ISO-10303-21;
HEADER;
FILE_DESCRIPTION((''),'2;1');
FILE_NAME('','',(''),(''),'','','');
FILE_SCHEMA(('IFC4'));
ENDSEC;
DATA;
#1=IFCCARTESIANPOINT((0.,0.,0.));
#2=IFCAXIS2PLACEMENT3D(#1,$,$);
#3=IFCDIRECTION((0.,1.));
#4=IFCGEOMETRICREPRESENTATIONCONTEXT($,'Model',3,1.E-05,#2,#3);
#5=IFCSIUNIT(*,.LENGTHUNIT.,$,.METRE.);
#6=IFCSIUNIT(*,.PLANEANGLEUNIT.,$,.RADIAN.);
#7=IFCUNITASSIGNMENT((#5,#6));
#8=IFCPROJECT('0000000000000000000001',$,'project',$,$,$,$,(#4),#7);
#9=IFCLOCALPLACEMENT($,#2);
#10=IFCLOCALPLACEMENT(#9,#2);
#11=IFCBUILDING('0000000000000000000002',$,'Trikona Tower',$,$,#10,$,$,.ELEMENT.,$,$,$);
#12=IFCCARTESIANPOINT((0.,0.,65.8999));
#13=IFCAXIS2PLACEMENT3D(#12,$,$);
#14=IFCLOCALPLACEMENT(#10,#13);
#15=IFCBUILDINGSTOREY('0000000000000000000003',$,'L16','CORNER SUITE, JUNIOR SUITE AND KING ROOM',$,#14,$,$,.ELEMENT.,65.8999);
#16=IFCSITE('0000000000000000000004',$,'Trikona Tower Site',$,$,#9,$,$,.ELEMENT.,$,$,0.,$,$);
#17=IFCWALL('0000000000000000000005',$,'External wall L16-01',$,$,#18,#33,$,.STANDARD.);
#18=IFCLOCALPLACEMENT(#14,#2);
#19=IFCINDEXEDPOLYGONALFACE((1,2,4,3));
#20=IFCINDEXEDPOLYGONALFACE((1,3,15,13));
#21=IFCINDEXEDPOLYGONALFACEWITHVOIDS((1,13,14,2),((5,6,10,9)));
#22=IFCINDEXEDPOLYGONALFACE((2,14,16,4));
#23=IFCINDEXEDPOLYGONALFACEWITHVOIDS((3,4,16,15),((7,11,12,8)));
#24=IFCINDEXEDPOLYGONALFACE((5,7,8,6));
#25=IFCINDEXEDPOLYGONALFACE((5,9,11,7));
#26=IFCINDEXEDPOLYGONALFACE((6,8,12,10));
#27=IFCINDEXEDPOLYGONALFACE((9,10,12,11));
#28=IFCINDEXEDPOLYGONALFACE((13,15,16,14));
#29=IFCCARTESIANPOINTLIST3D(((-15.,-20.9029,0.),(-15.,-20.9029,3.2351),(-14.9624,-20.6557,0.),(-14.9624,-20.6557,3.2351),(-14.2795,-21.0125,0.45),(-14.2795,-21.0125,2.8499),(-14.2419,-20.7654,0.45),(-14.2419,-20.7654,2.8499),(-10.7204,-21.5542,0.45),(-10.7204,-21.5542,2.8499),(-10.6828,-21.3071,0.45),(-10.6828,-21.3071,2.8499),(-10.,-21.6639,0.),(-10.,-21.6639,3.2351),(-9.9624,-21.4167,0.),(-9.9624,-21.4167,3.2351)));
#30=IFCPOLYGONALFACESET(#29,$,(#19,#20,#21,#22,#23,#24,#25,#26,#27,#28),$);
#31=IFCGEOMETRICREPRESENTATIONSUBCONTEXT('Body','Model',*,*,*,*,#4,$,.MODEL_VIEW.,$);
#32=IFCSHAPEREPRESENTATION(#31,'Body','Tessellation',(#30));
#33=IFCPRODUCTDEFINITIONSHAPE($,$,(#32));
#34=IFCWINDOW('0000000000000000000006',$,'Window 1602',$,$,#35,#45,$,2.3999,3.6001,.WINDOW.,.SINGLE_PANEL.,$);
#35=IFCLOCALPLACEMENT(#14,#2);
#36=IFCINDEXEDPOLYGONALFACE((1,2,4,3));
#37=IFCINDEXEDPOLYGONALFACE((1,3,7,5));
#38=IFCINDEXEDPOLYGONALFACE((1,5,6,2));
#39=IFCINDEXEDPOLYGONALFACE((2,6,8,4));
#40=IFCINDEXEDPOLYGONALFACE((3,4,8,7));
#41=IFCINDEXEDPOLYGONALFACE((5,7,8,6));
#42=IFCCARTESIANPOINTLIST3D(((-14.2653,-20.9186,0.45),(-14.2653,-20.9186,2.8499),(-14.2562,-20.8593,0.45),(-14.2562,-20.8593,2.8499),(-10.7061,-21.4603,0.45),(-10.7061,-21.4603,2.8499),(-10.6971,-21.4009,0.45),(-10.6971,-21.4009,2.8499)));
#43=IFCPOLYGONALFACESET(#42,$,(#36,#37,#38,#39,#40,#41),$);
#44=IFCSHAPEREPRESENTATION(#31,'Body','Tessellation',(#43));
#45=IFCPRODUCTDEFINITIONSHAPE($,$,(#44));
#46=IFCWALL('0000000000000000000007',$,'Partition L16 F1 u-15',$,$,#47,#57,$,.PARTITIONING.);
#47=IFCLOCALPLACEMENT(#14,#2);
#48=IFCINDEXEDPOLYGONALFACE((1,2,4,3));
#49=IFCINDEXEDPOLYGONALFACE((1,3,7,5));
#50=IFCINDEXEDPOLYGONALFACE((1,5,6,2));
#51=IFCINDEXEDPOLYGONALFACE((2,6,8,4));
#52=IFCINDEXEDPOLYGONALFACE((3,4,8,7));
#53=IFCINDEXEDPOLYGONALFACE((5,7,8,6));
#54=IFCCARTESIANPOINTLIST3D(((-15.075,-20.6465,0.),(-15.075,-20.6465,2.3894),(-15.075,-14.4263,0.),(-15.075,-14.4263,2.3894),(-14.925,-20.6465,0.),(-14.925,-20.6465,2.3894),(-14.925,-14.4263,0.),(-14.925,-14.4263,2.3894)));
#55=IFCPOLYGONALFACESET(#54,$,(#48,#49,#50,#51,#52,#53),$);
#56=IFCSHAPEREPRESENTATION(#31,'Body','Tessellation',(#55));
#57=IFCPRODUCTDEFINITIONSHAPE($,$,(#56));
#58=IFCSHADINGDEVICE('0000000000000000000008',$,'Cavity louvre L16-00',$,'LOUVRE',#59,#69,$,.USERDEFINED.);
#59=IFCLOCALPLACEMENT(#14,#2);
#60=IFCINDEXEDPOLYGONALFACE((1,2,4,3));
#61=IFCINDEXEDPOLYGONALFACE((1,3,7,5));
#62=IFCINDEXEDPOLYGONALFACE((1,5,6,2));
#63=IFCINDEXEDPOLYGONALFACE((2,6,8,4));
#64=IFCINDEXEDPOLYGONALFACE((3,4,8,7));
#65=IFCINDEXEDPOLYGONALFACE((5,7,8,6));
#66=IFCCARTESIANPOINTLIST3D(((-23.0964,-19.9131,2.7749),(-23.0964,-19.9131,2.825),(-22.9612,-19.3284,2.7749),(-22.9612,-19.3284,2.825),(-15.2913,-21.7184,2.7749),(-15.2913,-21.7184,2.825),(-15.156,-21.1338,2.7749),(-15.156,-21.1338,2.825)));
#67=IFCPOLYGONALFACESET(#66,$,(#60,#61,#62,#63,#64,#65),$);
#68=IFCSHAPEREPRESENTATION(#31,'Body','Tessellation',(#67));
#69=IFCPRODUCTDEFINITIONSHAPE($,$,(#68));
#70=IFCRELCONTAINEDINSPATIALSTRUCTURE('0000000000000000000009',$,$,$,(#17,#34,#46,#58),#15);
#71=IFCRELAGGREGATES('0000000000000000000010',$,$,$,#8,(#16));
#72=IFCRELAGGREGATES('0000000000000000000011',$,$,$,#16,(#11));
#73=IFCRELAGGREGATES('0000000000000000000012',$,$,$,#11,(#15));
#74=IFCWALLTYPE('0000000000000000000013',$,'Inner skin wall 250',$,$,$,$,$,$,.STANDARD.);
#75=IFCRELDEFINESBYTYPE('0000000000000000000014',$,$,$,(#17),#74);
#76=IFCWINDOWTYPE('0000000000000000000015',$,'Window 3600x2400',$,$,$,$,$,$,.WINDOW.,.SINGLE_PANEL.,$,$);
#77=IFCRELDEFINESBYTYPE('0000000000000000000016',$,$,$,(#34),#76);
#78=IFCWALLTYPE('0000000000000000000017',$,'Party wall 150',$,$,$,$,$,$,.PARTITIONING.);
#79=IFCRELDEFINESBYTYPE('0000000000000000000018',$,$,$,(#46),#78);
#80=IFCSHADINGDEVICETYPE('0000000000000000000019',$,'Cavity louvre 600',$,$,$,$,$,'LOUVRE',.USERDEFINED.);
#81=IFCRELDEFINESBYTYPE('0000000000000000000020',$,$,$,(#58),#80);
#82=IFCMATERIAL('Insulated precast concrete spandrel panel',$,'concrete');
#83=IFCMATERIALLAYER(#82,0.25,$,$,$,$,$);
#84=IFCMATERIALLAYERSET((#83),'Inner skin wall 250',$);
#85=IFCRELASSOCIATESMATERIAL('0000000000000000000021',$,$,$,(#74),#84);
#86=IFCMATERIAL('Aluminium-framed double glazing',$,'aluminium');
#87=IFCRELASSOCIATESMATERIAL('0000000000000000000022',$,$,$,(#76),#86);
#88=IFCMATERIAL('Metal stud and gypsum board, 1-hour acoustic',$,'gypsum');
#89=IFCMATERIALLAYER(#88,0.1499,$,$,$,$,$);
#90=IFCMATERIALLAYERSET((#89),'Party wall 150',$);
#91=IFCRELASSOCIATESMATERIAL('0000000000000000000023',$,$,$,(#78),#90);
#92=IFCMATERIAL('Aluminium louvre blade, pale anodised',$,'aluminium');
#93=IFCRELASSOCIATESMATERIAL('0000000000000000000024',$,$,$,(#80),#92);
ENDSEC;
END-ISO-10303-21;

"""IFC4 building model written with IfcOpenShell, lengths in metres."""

from ifc_helpers import new_model, si_unit, direction, frame, frame_2d, origin, origin_2d, place, context, subcontext, project, spatial, rectangle, extrude, material, layer, layer_set, type_object, element, fill, save


model = new_model("IFC4")

# Units and contexts
model_context = context("Model", 3, precision=1e-05, world=origin(), true_north=direction((0.0, 1.0)))
body_context = subcontext(model_context, "Body", "Model", "MODEL_VIEW")
ifc_project = project(units=[si_unit("LENGTHUNIT", "METRE"), si_unit("PLANEANGLEUNIT", "RADIAN")], contexts=[model_context])

# Site, building, storey
site_placement = place(None, origin())
site = spatial("IfcSite", under=ifc_project, at=site_placement, Name="Trikona Tower Site", CompositionType="ELEMENT", RefElevation=0.0)
building_placement = place(site_placement, origin())
building = spatial("IfcBuilding", under=site, at=building_placement, Name="Trikona Tower", CompositionType="ELEMENT")
storey_placement = place(building_placement, frame((0.0, 0.0, 65.8999)))
storey = spatial("IfcBuildingStorey", under=building, at=storey_placement, Name="L16", Description="CORNER SUITE, JUNIOR SUITE AND KING ROOM", CompositionType="ELEMENT", Elevation=65.8999)

# Wall, opening, window
ifc_material_1 = material(Name="Insulated precast concrete spandrel panel", Category="concrete")
ifc_layer_1 = layer(ifc_material_1, 0.25)
ifc_layer_set_1 = layer_set([ifc_layer_1], Name="Inner skin wall 250")
wall_type_1 = type_object("IfcWallType", Name="Inner skin wall 250", PredefinedType="STANDARD", material=ifc_layer_set_1)
wall_1_placement = place(storey_placement, frame((-14.9812, -20.7793, 0.0), z_axis=(0.0, 0.0, 1.0), x_axis=(0.988615, -0.150465, 0.0)))
wall_1 = element("IfcWall", 1, at=wall_1_placement, inside=storey, type_object=wall_type_1, Name="External wall L16-01", PredefinedType="STANDARD", context=body_context, shape_type="SweptSolid", body=[
    extrude(rectangle(XDim=5.0576, YDim=0.25, at=frame_2d((2.5288, 0.0))), origin(), (0.0, 0.0, 1.0), 3.2351),
])
opening_1_placement = place(wall_1_placement, frame((0.7288, 0.0, 0.45)))
opening_1 = element("IfcOpeningElement", 2, at=opening_1_placement, cuts=wall_1, PredefinedType="OPENING", context=body_context, shape_type="SweptSolid", body=[
    extrude(rectangle(XDim=3.6001, YDim=2.3999, at=frame_2d((1.8, 1.2))), frame((0.0, 0.135, 0.0), z_axis=(0.0, -1.0, 0.0), x_axis=(1.0, 0.0, 0.0)), (0.0, 0.0, 1.0), 0.27),
])
ifc_material_2 = material(Name="Aluminium-framed double glazing", Category="aluminium")
window_type = type_object("IfcWindowType", Name="Window 3600x2400", PartitioningType="SINGLE_PANEL", PredefinedType="WINDOW", material=ifc_material_2)
window_placement = place(opening_1_placement, origin())
window = element("IfcWindow", 3, at=window_placement, inside=storey, type_object=window_type, Name="Window 1602", OverallHeight=2.3999, OverallWidth=3.6001, PartitioningType="SINGLE_PANEL", PredefinedType="WINDOW", context=body_context, shape_type="SweptSolid", body=[
    extrude(rectangle(XDim=3.6001, YDim=2.3999, at=frame_2d((1.8, 1.2))), frame((0.0, 0.03, 0.0), z_axis=(0.0, -1.0, 0.0), x_axis=(1.0, 0.0, 0.0)), (0.0, 0.0, 1.0), 0.0601),
])
fill(opening_1, window)

# Wall
ifc_material_3 = material(Name="Metal stud and gypsum board, 1-hour acoustic", Category="gypsum")
ifc_layer_2 = layer(ifc_material_3, 0.1499)
ifc_layer_set_2 = layer_set([ifc_layer_2], Name="Party wall 150")
wall_type_2 = type_object("IfcWallType", Name="Party wall 150", PredefinedType="PARTITIONING", material=ifc_layer_set_2)
wall_2_placement = place(storey_placement, frame((-15.0, -14.4263, 0.0), z_axis=(0.0, 0.0, 1.0), x_axis=(0.0, -1.0, 0.0)))
element("IfcWall", 4, at=wall_2_placement, inside=storey, type_object=wall_type_2, Name="Partition L16 F1 u-15", PredefinedType="PARTITIONING", context=body_context, shape_type="SweptSolid", body=[
    extrude(rectangle(XDim=6.2202, YDim=0.1499, at=frame_2d((3.1101, 0.0))), origin(), (0.0, 0.0, 1.0), 2.3894),
])

# Shading device
ifc_material_4 = material(Name="Aluminium louvre blade, pale anodised", Category="aluminium")
shading_device_type = type_object("IfcShadingDeviceType", Name="Cavity louvre 600", ElementType="LOUVRE", PredefinedType="USERDEFINED", material=ifc_material_4)
shading_device_placement = place(storey_placement, frame((-19.1262, -20.5234, 2.7749), z_axis=(0.0, 0.0, 1.0), x_axis=(0.974278, -0.225351, 0.0)))
element("IfcShadingDevice", 5, at=shading_device_placement, inside=storey, type_object=shading_device_type, Name="Cavity louvre L16-00", ObjectType="LOUVRE", PredefinedType="USERDEFINED", context=body_context, shape_type="SweptSolid", body=[
    extrude(rectangle(XDim=8.0112, YDim=0.6001, at=origin_2d()), origin(), (0.0, 0.0, 1.0), 0.05),
])

save(model, "model.ifc")
